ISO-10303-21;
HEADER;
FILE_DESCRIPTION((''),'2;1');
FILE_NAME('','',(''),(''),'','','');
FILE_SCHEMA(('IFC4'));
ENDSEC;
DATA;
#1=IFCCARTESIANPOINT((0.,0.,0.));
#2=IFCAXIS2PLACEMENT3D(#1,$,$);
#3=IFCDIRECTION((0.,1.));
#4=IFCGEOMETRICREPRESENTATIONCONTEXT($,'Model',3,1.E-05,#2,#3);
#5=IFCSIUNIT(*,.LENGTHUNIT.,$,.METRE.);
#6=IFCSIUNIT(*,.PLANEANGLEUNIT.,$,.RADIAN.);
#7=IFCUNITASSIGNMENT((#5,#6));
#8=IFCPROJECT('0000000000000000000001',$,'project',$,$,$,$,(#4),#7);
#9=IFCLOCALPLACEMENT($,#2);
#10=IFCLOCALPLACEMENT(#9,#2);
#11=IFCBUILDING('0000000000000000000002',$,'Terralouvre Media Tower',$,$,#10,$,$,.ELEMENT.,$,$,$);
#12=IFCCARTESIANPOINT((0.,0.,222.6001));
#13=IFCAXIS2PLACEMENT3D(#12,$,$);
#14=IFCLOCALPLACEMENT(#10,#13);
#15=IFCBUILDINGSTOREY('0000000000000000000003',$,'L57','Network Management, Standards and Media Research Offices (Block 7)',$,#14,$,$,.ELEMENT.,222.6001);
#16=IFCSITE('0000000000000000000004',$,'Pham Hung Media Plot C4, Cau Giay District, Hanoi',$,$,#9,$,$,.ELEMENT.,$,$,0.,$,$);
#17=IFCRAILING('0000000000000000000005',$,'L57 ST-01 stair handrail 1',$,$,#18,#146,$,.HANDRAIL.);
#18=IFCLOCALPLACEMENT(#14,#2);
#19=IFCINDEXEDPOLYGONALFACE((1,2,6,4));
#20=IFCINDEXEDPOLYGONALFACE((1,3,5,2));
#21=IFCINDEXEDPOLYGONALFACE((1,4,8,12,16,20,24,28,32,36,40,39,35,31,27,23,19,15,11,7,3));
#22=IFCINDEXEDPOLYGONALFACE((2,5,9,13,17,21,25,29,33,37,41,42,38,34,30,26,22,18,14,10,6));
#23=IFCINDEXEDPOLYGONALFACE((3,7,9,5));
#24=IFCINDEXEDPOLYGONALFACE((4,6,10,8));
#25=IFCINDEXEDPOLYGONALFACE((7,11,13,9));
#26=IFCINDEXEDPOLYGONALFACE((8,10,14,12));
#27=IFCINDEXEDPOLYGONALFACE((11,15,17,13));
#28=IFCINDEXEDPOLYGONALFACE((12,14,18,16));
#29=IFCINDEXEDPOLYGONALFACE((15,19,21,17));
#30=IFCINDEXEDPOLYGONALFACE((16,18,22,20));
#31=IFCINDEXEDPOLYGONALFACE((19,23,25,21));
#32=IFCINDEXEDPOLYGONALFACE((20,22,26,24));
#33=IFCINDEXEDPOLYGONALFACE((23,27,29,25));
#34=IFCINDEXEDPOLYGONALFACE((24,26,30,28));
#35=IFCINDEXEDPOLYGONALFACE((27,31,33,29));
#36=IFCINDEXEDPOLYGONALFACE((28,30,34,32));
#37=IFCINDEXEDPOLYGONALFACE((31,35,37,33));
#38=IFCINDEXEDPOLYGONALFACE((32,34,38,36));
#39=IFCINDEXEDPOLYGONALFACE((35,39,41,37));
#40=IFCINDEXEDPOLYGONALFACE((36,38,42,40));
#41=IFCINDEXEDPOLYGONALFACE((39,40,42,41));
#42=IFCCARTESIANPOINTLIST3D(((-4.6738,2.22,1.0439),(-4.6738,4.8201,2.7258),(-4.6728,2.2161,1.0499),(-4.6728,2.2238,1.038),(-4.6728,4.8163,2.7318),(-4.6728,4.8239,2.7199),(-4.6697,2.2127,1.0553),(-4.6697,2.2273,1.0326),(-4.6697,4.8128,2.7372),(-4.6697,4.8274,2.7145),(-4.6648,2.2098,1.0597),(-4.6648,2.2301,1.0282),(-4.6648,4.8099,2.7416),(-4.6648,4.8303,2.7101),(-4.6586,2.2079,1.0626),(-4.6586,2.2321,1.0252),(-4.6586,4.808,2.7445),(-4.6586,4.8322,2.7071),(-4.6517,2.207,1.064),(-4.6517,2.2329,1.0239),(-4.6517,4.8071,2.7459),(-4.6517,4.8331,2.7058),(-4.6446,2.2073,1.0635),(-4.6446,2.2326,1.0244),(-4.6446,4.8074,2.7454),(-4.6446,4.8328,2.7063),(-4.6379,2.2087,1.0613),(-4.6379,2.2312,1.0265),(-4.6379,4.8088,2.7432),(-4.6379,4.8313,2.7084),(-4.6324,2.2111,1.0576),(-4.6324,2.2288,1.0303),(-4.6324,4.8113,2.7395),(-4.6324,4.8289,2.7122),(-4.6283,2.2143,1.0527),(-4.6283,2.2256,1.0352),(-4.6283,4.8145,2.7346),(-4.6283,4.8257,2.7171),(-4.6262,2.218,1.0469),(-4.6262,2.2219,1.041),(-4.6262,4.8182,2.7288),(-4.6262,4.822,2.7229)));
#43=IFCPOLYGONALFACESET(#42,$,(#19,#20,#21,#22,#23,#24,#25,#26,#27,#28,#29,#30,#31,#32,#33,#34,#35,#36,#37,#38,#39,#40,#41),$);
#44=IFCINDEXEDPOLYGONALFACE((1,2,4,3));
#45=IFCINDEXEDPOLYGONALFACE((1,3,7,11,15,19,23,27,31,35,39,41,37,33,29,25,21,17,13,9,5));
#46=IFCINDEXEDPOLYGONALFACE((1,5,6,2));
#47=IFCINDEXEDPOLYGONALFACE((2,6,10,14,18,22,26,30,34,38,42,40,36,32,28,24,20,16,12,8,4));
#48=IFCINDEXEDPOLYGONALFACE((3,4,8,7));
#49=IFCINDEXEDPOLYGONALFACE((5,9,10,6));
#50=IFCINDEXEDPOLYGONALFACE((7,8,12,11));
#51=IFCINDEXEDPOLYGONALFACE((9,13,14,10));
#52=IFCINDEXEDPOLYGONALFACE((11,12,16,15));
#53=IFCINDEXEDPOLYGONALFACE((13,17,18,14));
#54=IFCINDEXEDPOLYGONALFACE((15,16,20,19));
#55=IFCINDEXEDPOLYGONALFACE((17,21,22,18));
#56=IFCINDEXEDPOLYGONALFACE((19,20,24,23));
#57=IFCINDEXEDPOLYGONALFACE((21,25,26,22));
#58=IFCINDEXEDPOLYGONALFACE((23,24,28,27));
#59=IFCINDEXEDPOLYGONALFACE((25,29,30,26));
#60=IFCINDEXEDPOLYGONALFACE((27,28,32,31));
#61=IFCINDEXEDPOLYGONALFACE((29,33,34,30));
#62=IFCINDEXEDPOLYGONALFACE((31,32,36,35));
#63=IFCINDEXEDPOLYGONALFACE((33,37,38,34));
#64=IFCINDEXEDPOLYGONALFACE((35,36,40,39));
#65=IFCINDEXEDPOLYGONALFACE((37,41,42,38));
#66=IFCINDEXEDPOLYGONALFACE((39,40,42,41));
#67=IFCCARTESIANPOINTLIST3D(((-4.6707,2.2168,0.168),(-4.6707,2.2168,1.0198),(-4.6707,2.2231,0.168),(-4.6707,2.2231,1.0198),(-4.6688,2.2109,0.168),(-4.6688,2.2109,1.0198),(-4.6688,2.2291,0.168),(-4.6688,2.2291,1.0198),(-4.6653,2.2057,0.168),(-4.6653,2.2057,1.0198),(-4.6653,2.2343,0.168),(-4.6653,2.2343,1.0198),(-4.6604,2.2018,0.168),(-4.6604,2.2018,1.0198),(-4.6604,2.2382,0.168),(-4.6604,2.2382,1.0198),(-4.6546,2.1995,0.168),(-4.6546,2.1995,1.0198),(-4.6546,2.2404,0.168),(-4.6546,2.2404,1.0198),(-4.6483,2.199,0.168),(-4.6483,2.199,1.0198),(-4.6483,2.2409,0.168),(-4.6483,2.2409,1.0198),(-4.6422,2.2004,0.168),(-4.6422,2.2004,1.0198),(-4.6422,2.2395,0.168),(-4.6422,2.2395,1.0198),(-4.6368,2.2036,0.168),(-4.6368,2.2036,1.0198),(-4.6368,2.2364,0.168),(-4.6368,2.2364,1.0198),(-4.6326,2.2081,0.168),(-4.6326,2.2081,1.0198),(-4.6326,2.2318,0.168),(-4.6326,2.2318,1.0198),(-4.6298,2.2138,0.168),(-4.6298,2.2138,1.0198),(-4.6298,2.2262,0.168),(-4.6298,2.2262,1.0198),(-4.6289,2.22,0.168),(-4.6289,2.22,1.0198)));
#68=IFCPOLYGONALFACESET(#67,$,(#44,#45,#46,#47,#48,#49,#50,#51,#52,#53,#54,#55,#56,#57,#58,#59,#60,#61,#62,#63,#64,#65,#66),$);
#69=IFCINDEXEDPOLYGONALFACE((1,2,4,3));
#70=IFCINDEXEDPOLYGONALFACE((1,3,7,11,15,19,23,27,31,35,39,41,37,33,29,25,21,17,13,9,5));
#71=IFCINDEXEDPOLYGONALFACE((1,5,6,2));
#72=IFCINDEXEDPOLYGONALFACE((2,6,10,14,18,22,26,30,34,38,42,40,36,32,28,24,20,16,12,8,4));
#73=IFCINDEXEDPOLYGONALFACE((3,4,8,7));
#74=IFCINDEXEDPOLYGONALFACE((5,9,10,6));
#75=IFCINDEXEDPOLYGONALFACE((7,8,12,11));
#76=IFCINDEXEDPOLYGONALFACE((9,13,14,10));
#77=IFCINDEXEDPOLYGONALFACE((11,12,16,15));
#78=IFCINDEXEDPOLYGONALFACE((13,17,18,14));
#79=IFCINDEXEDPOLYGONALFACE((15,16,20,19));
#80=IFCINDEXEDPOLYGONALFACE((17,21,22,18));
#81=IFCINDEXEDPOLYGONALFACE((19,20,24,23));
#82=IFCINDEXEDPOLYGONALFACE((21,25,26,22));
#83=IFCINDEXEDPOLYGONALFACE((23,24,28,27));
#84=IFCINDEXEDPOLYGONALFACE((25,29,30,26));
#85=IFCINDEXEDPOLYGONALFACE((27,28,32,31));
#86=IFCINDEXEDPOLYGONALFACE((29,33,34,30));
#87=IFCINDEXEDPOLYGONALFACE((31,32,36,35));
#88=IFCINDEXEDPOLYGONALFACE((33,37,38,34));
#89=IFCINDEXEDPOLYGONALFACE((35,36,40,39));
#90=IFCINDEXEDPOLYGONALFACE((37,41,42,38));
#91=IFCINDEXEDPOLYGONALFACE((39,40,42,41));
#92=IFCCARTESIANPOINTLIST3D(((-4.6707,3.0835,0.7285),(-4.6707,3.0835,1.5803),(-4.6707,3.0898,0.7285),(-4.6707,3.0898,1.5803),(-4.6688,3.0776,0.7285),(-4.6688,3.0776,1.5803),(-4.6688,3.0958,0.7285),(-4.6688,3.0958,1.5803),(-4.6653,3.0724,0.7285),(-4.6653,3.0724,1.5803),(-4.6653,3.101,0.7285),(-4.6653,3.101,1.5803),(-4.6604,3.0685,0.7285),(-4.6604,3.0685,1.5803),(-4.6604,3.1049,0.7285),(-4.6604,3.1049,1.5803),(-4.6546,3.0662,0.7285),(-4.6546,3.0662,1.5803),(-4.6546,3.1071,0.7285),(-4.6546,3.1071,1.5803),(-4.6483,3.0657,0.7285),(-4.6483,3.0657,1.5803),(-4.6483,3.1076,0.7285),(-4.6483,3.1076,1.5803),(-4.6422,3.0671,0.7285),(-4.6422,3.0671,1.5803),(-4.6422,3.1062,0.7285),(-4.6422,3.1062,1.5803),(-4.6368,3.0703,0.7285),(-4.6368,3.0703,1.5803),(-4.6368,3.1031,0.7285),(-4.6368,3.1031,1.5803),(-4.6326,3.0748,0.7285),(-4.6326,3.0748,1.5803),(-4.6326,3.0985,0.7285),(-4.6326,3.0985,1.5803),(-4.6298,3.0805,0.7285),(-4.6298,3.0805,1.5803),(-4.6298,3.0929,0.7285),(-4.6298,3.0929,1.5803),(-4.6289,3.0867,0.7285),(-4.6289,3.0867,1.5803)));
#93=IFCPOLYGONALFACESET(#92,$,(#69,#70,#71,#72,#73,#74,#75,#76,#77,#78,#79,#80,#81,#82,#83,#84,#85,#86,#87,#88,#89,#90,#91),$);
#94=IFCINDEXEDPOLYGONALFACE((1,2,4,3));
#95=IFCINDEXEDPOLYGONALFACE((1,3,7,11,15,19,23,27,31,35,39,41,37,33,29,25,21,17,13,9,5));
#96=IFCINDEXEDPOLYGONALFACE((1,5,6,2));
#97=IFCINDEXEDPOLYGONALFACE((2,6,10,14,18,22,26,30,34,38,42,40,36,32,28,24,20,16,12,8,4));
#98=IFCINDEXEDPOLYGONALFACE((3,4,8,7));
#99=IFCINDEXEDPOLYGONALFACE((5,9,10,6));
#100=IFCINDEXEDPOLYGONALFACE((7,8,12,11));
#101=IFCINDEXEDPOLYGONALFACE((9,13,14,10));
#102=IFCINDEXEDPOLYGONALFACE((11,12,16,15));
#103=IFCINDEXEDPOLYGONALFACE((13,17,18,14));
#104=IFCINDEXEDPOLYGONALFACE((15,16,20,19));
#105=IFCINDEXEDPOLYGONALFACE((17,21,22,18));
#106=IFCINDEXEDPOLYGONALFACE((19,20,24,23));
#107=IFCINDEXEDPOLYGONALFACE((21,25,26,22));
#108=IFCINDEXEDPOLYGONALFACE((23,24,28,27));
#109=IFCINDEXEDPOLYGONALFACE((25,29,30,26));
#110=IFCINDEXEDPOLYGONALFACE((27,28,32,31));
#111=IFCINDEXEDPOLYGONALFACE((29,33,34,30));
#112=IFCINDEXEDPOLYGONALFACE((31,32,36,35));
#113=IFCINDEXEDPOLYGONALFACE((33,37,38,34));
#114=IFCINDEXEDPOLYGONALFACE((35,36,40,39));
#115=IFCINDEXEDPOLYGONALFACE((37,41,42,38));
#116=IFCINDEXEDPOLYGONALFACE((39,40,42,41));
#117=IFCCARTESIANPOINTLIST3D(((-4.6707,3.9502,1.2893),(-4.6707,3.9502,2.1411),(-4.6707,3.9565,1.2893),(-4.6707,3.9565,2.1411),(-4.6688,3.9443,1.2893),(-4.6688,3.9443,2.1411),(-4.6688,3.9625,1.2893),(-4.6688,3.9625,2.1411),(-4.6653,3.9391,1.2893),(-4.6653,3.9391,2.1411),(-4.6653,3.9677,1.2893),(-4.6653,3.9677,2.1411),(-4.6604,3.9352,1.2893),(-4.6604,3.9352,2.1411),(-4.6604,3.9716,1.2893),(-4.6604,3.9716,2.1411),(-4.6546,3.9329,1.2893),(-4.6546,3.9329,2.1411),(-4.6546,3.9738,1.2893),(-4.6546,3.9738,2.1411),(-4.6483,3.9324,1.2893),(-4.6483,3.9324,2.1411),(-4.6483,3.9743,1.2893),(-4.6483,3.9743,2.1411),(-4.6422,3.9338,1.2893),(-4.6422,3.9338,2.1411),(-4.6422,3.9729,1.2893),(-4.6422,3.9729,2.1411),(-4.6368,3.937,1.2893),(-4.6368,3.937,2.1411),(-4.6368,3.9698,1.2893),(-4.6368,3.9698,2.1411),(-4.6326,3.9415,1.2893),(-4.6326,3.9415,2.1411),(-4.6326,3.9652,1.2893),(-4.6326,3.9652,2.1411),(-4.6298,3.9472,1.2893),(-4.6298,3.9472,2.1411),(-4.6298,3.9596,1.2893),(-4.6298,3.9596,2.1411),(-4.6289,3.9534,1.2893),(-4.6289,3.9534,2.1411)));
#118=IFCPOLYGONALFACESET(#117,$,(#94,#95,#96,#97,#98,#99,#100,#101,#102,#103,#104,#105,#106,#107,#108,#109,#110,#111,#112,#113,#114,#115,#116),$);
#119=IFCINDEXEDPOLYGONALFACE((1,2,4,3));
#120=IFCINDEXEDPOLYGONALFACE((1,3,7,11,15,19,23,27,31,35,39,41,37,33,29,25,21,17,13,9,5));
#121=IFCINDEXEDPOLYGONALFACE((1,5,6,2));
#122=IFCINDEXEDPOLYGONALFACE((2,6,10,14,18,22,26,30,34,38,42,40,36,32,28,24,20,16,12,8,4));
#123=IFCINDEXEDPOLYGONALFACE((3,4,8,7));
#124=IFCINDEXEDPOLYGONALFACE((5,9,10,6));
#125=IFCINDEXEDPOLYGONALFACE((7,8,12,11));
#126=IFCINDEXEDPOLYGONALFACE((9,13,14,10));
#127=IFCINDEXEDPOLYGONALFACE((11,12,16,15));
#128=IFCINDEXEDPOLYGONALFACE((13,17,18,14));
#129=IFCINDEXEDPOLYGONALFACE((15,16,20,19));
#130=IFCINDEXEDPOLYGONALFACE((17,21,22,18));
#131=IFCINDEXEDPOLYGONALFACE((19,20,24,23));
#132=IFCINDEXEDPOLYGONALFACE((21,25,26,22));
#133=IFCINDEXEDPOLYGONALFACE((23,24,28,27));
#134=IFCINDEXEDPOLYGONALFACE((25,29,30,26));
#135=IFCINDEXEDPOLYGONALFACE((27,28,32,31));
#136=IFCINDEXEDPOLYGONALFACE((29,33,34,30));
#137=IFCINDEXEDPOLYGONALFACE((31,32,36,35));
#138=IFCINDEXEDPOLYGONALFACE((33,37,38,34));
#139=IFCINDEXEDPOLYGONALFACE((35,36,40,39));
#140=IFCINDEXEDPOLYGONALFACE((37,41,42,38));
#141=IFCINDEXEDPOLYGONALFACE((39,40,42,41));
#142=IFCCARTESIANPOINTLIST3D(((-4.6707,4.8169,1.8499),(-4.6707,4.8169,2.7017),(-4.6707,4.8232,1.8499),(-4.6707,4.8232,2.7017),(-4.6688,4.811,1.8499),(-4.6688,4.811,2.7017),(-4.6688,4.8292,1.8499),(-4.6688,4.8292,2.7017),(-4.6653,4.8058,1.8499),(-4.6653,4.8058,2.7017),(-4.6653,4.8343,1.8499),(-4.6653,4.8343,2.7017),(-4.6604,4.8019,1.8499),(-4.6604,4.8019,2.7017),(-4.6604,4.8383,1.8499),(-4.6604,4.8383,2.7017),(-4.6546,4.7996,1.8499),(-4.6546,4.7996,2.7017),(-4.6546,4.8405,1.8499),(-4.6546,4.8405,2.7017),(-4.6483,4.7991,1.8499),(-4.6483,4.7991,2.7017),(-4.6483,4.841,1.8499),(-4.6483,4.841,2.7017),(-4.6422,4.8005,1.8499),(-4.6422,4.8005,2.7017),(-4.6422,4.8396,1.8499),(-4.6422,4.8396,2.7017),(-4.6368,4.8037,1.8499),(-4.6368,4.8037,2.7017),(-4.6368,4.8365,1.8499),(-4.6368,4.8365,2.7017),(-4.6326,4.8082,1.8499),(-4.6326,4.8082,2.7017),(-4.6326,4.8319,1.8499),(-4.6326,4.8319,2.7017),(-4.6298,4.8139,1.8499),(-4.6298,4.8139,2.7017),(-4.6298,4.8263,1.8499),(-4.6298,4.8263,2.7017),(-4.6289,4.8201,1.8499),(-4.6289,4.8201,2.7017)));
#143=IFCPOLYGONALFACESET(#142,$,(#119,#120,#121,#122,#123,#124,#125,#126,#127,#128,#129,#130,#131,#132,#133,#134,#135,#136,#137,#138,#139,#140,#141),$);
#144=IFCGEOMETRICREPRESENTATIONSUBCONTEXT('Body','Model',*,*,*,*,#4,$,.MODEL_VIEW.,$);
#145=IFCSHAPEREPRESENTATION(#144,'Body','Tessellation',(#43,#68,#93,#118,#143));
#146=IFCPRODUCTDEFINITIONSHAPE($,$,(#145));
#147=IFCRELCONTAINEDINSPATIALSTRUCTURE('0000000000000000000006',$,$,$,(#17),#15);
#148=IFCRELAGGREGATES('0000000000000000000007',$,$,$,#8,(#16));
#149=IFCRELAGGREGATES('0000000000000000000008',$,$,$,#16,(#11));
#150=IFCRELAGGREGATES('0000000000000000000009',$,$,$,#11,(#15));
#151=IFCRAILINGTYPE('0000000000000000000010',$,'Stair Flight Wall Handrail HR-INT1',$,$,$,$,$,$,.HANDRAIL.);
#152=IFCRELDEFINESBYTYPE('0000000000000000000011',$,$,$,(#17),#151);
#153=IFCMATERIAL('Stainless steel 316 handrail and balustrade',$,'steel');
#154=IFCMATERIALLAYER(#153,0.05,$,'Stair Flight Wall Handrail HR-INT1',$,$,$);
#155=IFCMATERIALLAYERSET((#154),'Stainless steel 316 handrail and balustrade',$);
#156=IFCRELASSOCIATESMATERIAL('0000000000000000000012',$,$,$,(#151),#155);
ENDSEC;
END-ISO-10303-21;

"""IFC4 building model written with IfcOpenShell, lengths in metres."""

from ifc_helpers import new_model, si_unit, direction, frame, origin, origin_2d, place, context, subcontext, project, spatial, circle, extrude, material, layer, layer_set, type_object, element, save


model = new_model("IFC4")

# Units and contexts
model_context = context("Model", 3, precision=1e-05, world=origin(), true_north=direction((0.0, 1.0)))
body_context = subcontext(model_context, "Body", "Model", "MODEL_VIEW")
ifc_project = project(units=[si_unit("LENGTHUNIT", "METRE"), si_unit("PLANEANGLEUNIT", "RADIAN")], contexts=[model_context])

# Site, building, storey
site_placement = place(None, origin())
site = spatial("IfcSite", under=ifc_project, at=site_placement, Name="Pham Hung Media Plot C4, Cau Giay District, Hanoi", CompositionType="ELEMENT", RefElevation=0.0)
building_placement = place(site_placement, origin())
building = spatial("IfcBuilding", under=site, at=building_placement, Name="Terralouvre Media Tower", CompositionType="ELEMENT")
storey_placement = place(building_placement, frame((0.0, 0.0, 222.6001)))
storey = spatial("IfcBuildingStorey", under=building, at=storey_placement, Name="L57", Description="Network Management, Standards and Media Research Offices (Block 7)", CompositionType="ELEMENT", Elevation=222.6001)

# Railing
ifc_material_1 = material(Name="Stainless steel 316 handrail and balustrade", Category="steel")
ifc_layer_1 = layer(ifc_material_1, 0.05, Name="Stair Flight Wall Handrail HR-INT1")
ifc_layer_set_1 = layer_set([ifc_layer_1], Name="Stainless steel 316 handrail and balustrade")
railing_type_1 = type_object("IfcRailingType", Name="Stair Flight Wall Handrail HR-INT1", PredefinedType="HANDRAIL", material=ifc_layer_set_1)
railing_1_placement = place(storey_placement, frame((-4.6499, 2.22, 0.168)))
element("IfcRailing", 1, at=railing_1_placement, inside=storey, type_object=railing_type_1, Name="L57 ST-01 stair handrail 1", PredefinedType="HANDRAIL", context=body_context, shape_type="SweptSolid", body=[
    extrude(circle(Radius=0.0239, at=origin_2d()), frame((0.0, 0.0, 0.876), z_axis=(0.0, 0.839648, 0.54313), x_axis=(-1.0, 0.0, 0.0)), (0.0, 0.0, 1.0), 3.0967),
    extrude(circle(Radius=0.021, at=origin_2d()), origin(), (0.0, 0.0, 1.0), 0.8518),
    extrude(circle(Radius=0.021, at=origin_2d()), frame((0.0, 0.8667, 0.5605)), (0.0, 0.0, 1.0), 0.8518),
    extrude(circle(Radius=0.021, at=origin_2d()), frame((0.0, 1.7334, 1.1213)), (0.0, 0.0, 1.0), 0.8518),
    extrude(circle(Radius=0.021, at=origin_2d()), frame((0.0, 2.6001, 1.6819)), (0.0, 0.0, 1.0), 0.8518),
])

save(model, "model.ifc")
